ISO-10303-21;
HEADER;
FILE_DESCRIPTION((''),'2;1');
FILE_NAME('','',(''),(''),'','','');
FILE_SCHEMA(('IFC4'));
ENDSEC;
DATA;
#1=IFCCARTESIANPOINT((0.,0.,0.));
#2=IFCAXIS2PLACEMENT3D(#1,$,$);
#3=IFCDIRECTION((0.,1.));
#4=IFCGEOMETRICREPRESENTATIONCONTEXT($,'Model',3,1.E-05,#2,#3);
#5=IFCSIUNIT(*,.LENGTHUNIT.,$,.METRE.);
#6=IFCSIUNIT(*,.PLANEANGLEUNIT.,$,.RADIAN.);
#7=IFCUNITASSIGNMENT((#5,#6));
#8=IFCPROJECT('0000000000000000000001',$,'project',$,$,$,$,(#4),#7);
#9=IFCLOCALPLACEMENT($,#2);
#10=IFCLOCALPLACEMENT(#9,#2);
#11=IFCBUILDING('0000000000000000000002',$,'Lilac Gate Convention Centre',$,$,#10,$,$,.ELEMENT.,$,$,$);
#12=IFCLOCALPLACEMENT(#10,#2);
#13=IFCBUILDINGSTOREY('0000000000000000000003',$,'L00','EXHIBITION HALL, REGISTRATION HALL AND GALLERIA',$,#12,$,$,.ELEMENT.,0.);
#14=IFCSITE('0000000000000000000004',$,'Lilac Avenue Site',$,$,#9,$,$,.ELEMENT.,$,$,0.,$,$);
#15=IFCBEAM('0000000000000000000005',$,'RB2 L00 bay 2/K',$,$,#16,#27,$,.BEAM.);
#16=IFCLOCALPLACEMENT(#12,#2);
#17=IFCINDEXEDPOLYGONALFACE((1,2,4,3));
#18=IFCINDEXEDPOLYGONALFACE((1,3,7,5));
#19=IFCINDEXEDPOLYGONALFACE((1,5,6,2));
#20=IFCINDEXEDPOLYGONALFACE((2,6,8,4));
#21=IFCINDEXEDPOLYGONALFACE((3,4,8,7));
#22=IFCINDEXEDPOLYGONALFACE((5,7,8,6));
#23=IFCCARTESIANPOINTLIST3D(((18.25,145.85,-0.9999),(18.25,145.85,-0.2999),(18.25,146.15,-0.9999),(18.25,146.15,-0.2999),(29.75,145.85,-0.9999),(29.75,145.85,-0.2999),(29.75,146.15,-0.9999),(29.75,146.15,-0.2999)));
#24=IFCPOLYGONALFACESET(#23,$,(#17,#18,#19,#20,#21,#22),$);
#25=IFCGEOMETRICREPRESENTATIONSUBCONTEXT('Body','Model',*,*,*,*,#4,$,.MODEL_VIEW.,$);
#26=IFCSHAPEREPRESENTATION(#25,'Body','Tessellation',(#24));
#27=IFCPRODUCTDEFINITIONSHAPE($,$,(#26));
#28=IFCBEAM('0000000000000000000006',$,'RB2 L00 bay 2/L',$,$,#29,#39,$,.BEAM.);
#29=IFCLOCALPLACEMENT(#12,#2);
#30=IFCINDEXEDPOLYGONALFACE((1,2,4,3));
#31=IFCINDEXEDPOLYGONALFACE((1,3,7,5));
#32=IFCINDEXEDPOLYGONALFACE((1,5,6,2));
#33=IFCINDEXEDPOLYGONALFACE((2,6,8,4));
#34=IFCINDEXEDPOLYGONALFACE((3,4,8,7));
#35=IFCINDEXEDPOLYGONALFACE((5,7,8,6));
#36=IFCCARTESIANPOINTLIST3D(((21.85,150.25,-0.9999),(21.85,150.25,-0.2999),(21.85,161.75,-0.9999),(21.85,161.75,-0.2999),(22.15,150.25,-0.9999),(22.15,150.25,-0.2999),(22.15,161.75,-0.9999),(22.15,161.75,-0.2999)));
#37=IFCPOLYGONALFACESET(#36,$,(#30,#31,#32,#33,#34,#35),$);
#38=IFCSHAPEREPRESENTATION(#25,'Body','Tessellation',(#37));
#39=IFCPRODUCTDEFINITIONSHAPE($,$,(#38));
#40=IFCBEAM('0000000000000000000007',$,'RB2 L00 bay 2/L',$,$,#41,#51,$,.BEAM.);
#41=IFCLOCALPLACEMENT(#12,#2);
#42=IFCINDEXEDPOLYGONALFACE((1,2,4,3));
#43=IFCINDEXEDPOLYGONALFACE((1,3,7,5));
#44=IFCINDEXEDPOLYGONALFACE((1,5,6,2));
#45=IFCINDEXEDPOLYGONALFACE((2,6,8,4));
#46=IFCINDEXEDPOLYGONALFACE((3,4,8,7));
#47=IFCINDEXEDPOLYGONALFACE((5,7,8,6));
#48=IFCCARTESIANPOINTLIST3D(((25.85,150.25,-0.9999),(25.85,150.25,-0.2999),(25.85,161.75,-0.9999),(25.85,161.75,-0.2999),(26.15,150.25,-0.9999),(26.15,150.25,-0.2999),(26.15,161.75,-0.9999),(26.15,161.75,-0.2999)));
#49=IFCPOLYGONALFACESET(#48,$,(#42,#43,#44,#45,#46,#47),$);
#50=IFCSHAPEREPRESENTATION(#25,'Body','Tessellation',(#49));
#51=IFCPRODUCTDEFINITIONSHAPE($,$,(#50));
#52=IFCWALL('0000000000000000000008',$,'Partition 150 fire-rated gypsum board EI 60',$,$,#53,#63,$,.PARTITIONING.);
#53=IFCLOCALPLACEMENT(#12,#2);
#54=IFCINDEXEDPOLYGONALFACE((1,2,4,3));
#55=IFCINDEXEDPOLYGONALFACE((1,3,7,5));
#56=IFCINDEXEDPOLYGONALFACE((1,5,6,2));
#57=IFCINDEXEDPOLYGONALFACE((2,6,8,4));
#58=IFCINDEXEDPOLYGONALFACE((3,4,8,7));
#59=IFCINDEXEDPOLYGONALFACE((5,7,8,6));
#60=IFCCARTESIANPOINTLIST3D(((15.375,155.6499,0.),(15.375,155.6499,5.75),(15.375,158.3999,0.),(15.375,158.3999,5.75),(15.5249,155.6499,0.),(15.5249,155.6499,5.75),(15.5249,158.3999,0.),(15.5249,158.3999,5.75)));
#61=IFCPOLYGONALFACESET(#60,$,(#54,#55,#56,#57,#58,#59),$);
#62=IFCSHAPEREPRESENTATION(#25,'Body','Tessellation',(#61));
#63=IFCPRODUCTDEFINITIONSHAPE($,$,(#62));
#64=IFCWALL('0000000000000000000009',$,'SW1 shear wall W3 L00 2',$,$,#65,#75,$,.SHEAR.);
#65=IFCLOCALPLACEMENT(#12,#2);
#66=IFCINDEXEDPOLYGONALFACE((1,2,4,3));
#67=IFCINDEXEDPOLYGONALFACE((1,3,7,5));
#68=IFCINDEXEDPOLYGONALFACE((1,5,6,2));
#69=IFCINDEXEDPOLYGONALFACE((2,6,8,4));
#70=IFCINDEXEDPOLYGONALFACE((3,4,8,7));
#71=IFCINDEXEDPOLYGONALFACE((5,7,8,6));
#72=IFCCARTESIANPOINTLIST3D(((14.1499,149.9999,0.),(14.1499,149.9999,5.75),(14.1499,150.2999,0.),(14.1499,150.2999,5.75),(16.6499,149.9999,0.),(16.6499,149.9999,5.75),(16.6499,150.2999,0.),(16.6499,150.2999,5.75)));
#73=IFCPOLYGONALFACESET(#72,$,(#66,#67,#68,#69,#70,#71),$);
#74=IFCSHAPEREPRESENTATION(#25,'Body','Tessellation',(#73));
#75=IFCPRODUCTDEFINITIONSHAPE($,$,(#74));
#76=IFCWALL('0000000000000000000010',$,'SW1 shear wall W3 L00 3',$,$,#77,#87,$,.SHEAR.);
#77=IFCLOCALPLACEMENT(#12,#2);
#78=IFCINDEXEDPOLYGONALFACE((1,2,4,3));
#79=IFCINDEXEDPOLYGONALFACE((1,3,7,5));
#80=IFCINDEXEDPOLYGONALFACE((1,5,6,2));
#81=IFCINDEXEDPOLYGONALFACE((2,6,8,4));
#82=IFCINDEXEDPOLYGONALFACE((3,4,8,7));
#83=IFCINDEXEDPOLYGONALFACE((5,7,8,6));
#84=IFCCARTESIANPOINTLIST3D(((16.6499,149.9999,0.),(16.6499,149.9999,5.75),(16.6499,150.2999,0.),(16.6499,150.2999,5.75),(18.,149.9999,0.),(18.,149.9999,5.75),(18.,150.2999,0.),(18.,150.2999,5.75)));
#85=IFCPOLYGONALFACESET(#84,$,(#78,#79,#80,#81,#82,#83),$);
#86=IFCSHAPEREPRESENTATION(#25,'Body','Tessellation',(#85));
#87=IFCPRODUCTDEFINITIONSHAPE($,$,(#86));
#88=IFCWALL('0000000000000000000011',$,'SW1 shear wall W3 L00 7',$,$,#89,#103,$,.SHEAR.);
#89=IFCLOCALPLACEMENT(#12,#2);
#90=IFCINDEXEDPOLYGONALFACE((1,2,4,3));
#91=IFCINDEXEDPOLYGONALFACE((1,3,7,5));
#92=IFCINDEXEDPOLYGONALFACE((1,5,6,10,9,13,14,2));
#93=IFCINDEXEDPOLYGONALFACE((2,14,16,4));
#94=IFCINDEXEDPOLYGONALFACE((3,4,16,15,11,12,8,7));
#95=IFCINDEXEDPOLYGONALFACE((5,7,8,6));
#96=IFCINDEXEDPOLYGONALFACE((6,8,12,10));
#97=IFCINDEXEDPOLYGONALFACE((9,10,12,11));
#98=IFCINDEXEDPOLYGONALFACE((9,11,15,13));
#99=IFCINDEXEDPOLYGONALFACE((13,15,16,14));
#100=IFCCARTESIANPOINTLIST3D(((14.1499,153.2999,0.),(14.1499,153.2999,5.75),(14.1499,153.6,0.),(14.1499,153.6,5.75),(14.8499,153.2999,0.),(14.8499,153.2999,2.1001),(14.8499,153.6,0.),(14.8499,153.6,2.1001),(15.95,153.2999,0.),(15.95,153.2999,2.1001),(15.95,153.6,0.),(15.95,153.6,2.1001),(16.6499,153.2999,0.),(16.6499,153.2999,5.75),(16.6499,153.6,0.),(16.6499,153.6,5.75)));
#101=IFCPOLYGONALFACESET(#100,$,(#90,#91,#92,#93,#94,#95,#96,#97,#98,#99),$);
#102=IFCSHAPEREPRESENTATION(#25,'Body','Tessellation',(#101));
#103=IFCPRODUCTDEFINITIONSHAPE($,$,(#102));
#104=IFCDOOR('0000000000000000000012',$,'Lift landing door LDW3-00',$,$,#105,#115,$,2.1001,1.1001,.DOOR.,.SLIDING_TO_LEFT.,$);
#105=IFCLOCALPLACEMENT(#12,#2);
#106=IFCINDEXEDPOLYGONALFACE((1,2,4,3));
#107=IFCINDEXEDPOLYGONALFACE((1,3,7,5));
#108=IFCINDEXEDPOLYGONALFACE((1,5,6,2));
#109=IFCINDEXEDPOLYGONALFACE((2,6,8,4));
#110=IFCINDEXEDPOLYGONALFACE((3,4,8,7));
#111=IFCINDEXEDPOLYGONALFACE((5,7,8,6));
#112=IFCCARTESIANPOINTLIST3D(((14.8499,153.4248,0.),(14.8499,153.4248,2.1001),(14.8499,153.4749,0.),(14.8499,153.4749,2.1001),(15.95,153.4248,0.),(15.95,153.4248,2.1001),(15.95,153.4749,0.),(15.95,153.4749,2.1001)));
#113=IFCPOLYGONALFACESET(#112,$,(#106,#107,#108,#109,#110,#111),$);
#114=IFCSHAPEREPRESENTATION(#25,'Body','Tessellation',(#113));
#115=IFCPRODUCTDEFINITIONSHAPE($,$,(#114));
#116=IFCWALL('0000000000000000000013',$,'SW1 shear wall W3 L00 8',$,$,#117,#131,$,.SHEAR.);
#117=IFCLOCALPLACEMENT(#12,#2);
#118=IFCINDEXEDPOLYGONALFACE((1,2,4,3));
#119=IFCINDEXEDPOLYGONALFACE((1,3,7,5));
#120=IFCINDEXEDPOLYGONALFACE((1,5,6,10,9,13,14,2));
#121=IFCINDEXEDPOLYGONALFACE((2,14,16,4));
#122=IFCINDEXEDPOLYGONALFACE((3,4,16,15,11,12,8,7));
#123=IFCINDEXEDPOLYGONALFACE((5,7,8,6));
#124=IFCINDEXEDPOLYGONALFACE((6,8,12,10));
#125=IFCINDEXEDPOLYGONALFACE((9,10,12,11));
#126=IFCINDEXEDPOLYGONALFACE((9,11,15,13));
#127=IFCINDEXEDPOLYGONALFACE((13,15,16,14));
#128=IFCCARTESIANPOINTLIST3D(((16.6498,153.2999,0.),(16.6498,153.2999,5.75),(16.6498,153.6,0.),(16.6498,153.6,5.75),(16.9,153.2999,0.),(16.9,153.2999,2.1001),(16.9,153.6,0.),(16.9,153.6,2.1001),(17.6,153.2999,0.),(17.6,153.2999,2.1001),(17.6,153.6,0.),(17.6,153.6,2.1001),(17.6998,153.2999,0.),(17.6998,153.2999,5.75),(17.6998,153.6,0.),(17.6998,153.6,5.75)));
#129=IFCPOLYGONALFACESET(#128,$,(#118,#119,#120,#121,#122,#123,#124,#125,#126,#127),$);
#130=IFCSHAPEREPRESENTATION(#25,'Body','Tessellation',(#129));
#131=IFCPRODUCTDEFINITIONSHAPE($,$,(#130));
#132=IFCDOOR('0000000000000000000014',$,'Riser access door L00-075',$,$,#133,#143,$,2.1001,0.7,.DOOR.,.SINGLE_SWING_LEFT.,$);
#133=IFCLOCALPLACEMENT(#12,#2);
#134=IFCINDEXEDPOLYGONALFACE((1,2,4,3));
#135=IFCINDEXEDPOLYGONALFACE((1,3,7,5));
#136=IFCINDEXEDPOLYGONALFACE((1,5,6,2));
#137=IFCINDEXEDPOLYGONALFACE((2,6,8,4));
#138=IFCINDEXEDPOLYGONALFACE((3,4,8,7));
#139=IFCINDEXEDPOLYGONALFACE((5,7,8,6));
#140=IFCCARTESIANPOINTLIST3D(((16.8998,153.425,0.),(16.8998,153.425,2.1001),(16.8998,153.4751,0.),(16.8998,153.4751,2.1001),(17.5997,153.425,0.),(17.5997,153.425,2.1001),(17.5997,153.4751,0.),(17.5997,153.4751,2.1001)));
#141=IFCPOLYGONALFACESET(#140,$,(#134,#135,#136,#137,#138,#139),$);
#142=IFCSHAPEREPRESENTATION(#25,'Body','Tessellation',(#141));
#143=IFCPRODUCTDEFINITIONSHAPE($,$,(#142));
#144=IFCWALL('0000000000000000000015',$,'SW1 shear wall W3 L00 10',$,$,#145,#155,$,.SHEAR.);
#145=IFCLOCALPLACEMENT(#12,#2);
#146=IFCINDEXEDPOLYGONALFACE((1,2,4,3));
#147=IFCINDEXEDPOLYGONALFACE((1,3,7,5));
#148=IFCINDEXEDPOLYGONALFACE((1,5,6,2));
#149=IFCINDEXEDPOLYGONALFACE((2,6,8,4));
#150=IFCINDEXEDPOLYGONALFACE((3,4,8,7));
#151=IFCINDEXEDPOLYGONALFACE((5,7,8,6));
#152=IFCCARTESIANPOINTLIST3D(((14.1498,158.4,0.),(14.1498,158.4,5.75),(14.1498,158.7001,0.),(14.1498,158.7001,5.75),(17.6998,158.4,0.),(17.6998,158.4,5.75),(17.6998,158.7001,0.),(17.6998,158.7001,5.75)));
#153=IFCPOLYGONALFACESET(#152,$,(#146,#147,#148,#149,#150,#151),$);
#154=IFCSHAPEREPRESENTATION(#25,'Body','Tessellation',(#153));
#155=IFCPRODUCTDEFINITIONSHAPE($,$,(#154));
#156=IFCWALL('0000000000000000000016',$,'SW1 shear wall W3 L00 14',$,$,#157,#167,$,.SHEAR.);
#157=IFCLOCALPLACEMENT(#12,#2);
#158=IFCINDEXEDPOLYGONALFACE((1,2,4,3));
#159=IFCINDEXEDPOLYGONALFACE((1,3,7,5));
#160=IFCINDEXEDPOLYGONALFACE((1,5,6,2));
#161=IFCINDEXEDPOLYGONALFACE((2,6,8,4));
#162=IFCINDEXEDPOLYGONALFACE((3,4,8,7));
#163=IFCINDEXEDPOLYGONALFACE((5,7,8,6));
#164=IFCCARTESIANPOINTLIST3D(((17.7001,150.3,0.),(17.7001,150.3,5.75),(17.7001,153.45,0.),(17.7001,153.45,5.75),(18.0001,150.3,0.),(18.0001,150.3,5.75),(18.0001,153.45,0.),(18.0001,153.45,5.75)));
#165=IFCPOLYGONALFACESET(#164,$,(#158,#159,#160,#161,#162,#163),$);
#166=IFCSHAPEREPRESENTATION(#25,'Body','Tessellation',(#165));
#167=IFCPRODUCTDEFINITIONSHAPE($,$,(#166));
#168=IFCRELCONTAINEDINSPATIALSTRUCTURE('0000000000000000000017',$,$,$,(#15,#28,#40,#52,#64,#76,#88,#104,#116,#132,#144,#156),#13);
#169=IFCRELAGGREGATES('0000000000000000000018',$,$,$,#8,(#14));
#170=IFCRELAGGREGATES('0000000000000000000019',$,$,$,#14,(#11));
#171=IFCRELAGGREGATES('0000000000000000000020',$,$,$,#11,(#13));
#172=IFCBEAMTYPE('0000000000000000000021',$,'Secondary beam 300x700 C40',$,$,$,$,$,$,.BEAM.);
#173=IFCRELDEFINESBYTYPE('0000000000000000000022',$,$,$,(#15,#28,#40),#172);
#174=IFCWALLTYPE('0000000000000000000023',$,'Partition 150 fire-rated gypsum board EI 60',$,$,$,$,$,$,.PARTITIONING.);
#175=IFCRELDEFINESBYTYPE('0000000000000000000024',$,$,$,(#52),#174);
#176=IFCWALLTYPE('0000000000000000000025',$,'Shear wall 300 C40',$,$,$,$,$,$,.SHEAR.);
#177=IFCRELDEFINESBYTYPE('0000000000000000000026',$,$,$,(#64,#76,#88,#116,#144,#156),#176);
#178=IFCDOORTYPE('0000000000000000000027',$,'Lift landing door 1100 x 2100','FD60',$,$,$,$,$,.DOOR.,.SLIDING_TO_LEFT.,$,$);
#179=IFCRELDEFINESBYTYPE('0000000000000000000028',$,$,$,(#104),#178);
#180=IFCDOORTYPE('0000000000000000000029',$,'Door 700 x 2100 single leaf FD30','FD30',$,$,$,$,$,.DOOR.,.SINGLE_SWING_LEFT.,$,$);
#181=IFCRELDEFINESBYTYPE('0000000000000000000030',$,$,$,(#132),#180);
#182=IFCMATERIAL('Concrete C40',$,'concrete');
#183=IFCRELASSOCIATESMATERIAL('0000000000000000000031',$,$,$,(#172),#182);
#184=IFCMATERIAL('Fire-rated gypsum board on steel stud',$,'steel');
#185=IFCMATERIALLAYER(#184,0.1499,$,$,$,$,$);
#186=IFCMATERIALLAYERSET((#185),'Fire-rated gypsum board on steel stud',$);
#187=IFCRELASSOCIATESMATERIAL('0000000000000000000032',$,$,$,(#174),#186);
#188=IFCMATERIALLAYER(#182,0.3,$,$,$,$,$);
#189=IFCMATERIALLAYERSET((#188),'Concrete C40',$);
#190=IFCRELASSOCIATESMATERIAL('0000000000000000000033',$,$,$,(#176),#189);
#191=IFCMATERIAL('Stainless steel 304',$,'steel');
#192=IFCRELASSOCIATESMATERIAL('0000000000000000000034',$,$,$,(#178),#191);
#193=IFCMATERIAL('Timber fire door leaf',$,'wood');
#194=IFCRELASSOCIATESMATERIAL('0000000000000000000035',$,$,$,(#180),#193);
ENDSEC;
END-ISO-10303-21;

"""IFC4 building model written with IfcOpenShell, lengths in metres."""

from ifc_helpers import new_model, si_unit, direction, frame, frame_2d, origin, origin_2d, place, context, subcontext, project, spatial, rectangle, extrude, material, layer, layer_set, material_profile, profile_set, type_object, element, fill, save


model = new_model("IFC4")

# Units and contexts
model_context = context("Model", 3, precision=1e-05, world=origin(), true_north=direction((0.0, 1.0)))
body_context = subcontext(model_context, "Body", "Model", "MODEL_VIEW")
ifc_project = project(units=[si_unit("LENGTHUNIT", "METRE"), si_unit("PLANEANGLEUNIT", "RADIAN")], contexts=[model_context])

# Site, building, storey
site_placement = place(None, origin())
site = spatial("IfcSite", under=ifc_project, at=site_placement, Name="Lilac Avenue Site", CompositionType="ELEMENT", RefElevation=0.0)
building_placement = place(site_placement, origin())
building = spatial("IfcBuilding", under=site, at=building_placement, Name="Lilac Gate Convention Centre", CompositionType="ELEMENT")
storey_placement = place(building_placement, origin())
storey = spatial("IfcBuildingStorey", under=building, at=storey_placement, Name="L00", Description="EXHIBITION HALL, REGISTRATION HALL AND GALLERIA", CompositionType="ELEMENT", Elevation=0.0)

# Shared definitions
ifc_material_1 = material(Name="Concrete C40", Category="concrete")

# Beams
ifc_material_profile_1 = material_profile(ifc_material_1, rectangle(XDim=0.3, YDim=0.7, at=origin_2d()), Name="RC 300x700")
ifc_profile_set_1 = profile_set([ifc_material_profile_1], Name="Concrete C40")
beam_type_1 = type_object("IfcBeamType", Name="Secondary beam 300x700 C40", PredefinedType="BEAM", material=ifc_profile_set_1)
for number, where, z_axis, x_axis, name in (
    (1, (18.25, 146.0, -0.6499), (1.0, 0.0, 0.0), (0.0, 1.0, 0.0), "RB2 L00 bay 2/K"),
    (2, (22.0, 150.25, -0.6499), (0.0, 1.0, 0.0), (-1.0, 0.0, 0.0), "RB2 L00 bay 2/L"),
    (3, (26.0, 150.25, -0.6499), (0.0, 1.0, 0.0), (-1.0, 0.0, 0.0), "RB2 L00 bay 2/L"),
):
    element("IfcBeam", number, at=place(storey_placement, frame(where, z_axis=z_axis, x_axis=x_axis)), inside=storey, type_object=beam_type_1, Name=name, PredefinedType="BEAM", context=body_context, shape_type="SweptSolid", body=[
        extrude(rectangle(XDim=0.3, YDim=0.7, at=origin_2d()), origin(), (0.0, 0.0, 1.0), 11.5),
    ])

# Walls
ifc_material_2 = material(Name="Fire-rated gypsum board on steel stud", Category="steel")
ifc_layer_1 = layer(ifc_material_2, 0.1499)
ifc_layer_set_1 = layer_set([ifc_layer_1], Name="Fire-rated gypsum board on steel stud")
wall_type_1 = type_object("IfcWallType", Name="Partition 150 fire-rated gypsum board EI 60", PredefinedType="PARTITIONING", material=ifc_layer_set_1)
wall_1_placement = place(storey_placement, frame((15.45, 155.6499, 0.0), z_axis=(0.0, 0.0, 1.0), x_axis=(0.0, 1.0, 0.0)))
element("IfcWall", 4, at=wall_1_placement, inside=storey, type_object=wall_type_1, Name="Partition 150 fire-rated gypsum board EI 60", PredefinedType="PARTITIONING", context=body_context, shape_type="SweptSolid", body=[
    extrude(rectangle(XDim=2.75, YDim=0.1499, at=frame_2d((1.375, 0.0))), origin(), (0.0, 0.0, 1.0), 5.75),
])
ifc_layer_2 = layer(ifc_material_1, 0.3)
ifc_layer_set_2 = layer_set([ifc_layer_2], Name="Concrete C40")
wall_type_2 = type_object("IfcWallType", Name="Shear wall 300 C40", PredefinedType="SHEAR", material=ifc_layer_set_2)
wall_2_placement = place(storey_placement, frame((14.1499, 150.1499, 0.0), z_axis=(0.0, 0.0, 1.0), x_axis=(1.0, 0.0, 0.0)))
element("IfcWall", 5, at=wall_2_placement, inside=storey, type_object=wall_type_2, Name="SW1 shear wall W3 L00 2", PredefinedType="SHEAR", context=body_context, shape_type="SweptSolid", body=[
    extrude(rectangle(XDim=2.5, YDim=0.3, at=frame_2d((1.25, 0.0))), origin(), (0.0, 0.0, 1.0), 5.75),
])
wall_3_placement = place(storey_placement, frame((16.6499, 150.1499, 0.0), z_axis=(0.0, 0.0, 1.0), x_axis=(1.0, 0.0, 0.0)))
element("IfcWall", 6, at=wall_3_placement, inside=storey, type_object=wall_type_2, Name="SW1 shear wall W3 L00 3", PredefinedType="SHEAR", context=body_context, shape_type="SweptSolid", body=[
    extrude(rectangle(XDim=1.3501, YDim=0.3, at=frame_2d((0.675, 0.0))), origin(), (0.0, 0.0, 1.0), 5.75),
])

# Walls, openings, doors
wall_4_placement = place(storey_placement, frame((14.1499, 153.45, 0.0), z_axis=(0.0, 0.0, 1.0), x_axis=(1.0, 0.0, 0.0)))
wall_4 = element("IfcWall", 7, at=wall_4_placement, inside=storey, type_object=wall_type_2, Name="SW1 shear wall W3 L00 7", PredefinedType="SHEAR", context=body_context, shape_type="SweptSolid", body=[
    extrude(rectangle(XDim=2.5, YDim=0.3, at=frame_2d((1.25, 0.0))), origin(), (0.0, 0.0, 1.0), 5.75),
])
opening_1_placement = place(wall_4_placement, frame((0.7, 0.0, 0.0)))
opening_1 = element("IfcOpeningElement", 8, at=opening_1_placement, cuts=wall_4, PredefinedType="OPENING", context=body_context, shape_type="SweptSolid", body=[
    extrude(rectangle(XDim=1.1001, YDim=2.1001, at=frame_2d((0.55, 1.05))), frame((0.0, 0.1599, 0.0), z_axis=(0.0, -1.0, 0.0), x_axis=(1.0, 0.0, 0.0)), (0.0, 0.0, 1.0), 0.3201),
])
ifc_material_3 = material(Name="Stainless steel 304", Category="steel")
door_type_1 = type_object("IfcDoorType", Name="Lift landing door 1100 x 2100", Description="FD60", OperationType="SLIDING_TO_LEFT", PredefinedType="DOOR", material=ifc_material_3)
door_1_placement = place(opening_1_placement, origin())
door_1 = element("IfcDoor", 9, at=door_1_placement, inside=storey, type_object=door_type_1, Name="Lift landing door LDW3-00", OperationType="SLIDING_TO_LEFT", OverallHeight=2.1001, OverallWidth=1.1001, PredefinedType="DOOR", context=body_context, shape_type="SweptSolid", body=[
    extrude(rectangle(XDim=1.1001, YDim=2.1001, at=frame_2d((0.55, 1.05))), frame((0.0, 0.0249, 0.0), z_axis=(0.0, -1.0, 0.0), x_axis=(1.0, 0.0, 0.0)), (0.0, 0.0, 1.0), 0.05),
])
fill(opening_1, door_1)
wall_5_placement = place(storey_placement, frame((16.6499, 153.45, 0.0), z_axis=(0.0, 0.0, 1.0), x_axis=(1.0, 0.0, 0.0)))
wall_5 = element("IfcWall", 10, at=wall_5_placement, inside=storey, type_object=wall_type_2, Name="SW1 shear wall W3 L00 8", PredefinedType="SHEAR", context=body_context, shape_type="SweptSolid", body=[
    extrude(rectangle(XDim=1.05, YDim=0.3, at=frame_2d((0.5249, 0.0))), origin(), (0.0, 0.0, 1.0), 5.75),
])
opening_2_placement = place(wall_5_placement, frame((0.25, 0.0, 0.0)))
opening_2 = element("IfcOpeningElement", 11, at=opening_2_placement, cuts=wall_5, PredefinedType="OPENING", context=body_context, shape_type="SweptSolid", body=[
    extrude(rectangle(XDim=0.7, YDim=2.1001, at=frame_2d((0.3501, 1.05))), frame((0.0, 0.1599, 0.0), z_axis=(0.0, -1.0, 0.0), x_axis=(1.0, 0.0, 0.0)), (0.0, 0.0, 1.0), 0.3201),
])
ifc_material_4 = material(Name="Timber fire door leaf", Category="wood")
door_type_2 = type_object("IfcDoorType", Name="Door 700 x 2100 single leaf FD30", Description="FD30", OperationType="SINGLE_SWING_LEFT", PredefinedType="DOOR", material=ifc_material_4)
door_2_placement = place(opening_2_placement, frame((0.7, 0.0, 0.0), z_axis=(0.0, 0.0, 1.0), x_axis=(-1.0, 0.0, 0.0)))
door_2 = element("IfcDoor", 12, at=door_2_placement, inside=storey, type_object=door_type_2, Name="Riser access door L00-075", OperationType="SINGLE_SWING_LEFT", OverallHeight=2.1001, OverallWidth=0.7, PredefinedType="DOOR", context=body_context, shape_type="SweptSolid", body=[
    extrude(rectangle(XDim=0.7, YDim=2.1001, at=frame_2d((0.3501, 1.05))), frame((0.0, 0.0249, 0.0), z_axis=(0.0, -1.0, 0.0), x_axis=(1.0, 0.0, 0.0)), (0.0, 0.0, 1.0), 0.05),
])
fill(opening_2, door_2)

# Walls
wall_6_placement = place(storey_placement, frame((14.1499, 158.55, 0.0), z_axis=(0.0, 0.0, 1.0), x_axis=(1.0, 0.0, 0.0)))
element("IfcWall", 13, at=wall_6_placement, inside=storey, type_object=wall_type_2, Name="SW1 shear wall W3 L00 10", PredefinedType="SHEAR", context=body_context, shape_type="SweptSolid", body=[
    extrude(rectangle(XDim=3.55, YDim=0.3, at=frame_2d((1.7749, 0.0))), origin(), (0.0, 0.0, 1.0), 5.75),
])
wall_7_placement = place(storey_placement, frame((17.8501, 150.3, 0.0), z_axis=(0.0, 0.0, 1.0), x_axis=(0.0, 1.0, 0.0)))
element("IfcWall", 14, at=wall_7_placement, inside=storey, type_object=wall_type_2, Name="SW1 shear wall W3 L00 14", PredefinedType="SHEAR", context=body_context, shape_type="SweptSolid", body=[
    extrude(rectangle(XDim=3.1499, YDim=0.3, at=frame_2d((1.575, 0.0))), origin(), (0.0, 0.0, 1.0), 5.75),
])

save(model, "model.ifc")
